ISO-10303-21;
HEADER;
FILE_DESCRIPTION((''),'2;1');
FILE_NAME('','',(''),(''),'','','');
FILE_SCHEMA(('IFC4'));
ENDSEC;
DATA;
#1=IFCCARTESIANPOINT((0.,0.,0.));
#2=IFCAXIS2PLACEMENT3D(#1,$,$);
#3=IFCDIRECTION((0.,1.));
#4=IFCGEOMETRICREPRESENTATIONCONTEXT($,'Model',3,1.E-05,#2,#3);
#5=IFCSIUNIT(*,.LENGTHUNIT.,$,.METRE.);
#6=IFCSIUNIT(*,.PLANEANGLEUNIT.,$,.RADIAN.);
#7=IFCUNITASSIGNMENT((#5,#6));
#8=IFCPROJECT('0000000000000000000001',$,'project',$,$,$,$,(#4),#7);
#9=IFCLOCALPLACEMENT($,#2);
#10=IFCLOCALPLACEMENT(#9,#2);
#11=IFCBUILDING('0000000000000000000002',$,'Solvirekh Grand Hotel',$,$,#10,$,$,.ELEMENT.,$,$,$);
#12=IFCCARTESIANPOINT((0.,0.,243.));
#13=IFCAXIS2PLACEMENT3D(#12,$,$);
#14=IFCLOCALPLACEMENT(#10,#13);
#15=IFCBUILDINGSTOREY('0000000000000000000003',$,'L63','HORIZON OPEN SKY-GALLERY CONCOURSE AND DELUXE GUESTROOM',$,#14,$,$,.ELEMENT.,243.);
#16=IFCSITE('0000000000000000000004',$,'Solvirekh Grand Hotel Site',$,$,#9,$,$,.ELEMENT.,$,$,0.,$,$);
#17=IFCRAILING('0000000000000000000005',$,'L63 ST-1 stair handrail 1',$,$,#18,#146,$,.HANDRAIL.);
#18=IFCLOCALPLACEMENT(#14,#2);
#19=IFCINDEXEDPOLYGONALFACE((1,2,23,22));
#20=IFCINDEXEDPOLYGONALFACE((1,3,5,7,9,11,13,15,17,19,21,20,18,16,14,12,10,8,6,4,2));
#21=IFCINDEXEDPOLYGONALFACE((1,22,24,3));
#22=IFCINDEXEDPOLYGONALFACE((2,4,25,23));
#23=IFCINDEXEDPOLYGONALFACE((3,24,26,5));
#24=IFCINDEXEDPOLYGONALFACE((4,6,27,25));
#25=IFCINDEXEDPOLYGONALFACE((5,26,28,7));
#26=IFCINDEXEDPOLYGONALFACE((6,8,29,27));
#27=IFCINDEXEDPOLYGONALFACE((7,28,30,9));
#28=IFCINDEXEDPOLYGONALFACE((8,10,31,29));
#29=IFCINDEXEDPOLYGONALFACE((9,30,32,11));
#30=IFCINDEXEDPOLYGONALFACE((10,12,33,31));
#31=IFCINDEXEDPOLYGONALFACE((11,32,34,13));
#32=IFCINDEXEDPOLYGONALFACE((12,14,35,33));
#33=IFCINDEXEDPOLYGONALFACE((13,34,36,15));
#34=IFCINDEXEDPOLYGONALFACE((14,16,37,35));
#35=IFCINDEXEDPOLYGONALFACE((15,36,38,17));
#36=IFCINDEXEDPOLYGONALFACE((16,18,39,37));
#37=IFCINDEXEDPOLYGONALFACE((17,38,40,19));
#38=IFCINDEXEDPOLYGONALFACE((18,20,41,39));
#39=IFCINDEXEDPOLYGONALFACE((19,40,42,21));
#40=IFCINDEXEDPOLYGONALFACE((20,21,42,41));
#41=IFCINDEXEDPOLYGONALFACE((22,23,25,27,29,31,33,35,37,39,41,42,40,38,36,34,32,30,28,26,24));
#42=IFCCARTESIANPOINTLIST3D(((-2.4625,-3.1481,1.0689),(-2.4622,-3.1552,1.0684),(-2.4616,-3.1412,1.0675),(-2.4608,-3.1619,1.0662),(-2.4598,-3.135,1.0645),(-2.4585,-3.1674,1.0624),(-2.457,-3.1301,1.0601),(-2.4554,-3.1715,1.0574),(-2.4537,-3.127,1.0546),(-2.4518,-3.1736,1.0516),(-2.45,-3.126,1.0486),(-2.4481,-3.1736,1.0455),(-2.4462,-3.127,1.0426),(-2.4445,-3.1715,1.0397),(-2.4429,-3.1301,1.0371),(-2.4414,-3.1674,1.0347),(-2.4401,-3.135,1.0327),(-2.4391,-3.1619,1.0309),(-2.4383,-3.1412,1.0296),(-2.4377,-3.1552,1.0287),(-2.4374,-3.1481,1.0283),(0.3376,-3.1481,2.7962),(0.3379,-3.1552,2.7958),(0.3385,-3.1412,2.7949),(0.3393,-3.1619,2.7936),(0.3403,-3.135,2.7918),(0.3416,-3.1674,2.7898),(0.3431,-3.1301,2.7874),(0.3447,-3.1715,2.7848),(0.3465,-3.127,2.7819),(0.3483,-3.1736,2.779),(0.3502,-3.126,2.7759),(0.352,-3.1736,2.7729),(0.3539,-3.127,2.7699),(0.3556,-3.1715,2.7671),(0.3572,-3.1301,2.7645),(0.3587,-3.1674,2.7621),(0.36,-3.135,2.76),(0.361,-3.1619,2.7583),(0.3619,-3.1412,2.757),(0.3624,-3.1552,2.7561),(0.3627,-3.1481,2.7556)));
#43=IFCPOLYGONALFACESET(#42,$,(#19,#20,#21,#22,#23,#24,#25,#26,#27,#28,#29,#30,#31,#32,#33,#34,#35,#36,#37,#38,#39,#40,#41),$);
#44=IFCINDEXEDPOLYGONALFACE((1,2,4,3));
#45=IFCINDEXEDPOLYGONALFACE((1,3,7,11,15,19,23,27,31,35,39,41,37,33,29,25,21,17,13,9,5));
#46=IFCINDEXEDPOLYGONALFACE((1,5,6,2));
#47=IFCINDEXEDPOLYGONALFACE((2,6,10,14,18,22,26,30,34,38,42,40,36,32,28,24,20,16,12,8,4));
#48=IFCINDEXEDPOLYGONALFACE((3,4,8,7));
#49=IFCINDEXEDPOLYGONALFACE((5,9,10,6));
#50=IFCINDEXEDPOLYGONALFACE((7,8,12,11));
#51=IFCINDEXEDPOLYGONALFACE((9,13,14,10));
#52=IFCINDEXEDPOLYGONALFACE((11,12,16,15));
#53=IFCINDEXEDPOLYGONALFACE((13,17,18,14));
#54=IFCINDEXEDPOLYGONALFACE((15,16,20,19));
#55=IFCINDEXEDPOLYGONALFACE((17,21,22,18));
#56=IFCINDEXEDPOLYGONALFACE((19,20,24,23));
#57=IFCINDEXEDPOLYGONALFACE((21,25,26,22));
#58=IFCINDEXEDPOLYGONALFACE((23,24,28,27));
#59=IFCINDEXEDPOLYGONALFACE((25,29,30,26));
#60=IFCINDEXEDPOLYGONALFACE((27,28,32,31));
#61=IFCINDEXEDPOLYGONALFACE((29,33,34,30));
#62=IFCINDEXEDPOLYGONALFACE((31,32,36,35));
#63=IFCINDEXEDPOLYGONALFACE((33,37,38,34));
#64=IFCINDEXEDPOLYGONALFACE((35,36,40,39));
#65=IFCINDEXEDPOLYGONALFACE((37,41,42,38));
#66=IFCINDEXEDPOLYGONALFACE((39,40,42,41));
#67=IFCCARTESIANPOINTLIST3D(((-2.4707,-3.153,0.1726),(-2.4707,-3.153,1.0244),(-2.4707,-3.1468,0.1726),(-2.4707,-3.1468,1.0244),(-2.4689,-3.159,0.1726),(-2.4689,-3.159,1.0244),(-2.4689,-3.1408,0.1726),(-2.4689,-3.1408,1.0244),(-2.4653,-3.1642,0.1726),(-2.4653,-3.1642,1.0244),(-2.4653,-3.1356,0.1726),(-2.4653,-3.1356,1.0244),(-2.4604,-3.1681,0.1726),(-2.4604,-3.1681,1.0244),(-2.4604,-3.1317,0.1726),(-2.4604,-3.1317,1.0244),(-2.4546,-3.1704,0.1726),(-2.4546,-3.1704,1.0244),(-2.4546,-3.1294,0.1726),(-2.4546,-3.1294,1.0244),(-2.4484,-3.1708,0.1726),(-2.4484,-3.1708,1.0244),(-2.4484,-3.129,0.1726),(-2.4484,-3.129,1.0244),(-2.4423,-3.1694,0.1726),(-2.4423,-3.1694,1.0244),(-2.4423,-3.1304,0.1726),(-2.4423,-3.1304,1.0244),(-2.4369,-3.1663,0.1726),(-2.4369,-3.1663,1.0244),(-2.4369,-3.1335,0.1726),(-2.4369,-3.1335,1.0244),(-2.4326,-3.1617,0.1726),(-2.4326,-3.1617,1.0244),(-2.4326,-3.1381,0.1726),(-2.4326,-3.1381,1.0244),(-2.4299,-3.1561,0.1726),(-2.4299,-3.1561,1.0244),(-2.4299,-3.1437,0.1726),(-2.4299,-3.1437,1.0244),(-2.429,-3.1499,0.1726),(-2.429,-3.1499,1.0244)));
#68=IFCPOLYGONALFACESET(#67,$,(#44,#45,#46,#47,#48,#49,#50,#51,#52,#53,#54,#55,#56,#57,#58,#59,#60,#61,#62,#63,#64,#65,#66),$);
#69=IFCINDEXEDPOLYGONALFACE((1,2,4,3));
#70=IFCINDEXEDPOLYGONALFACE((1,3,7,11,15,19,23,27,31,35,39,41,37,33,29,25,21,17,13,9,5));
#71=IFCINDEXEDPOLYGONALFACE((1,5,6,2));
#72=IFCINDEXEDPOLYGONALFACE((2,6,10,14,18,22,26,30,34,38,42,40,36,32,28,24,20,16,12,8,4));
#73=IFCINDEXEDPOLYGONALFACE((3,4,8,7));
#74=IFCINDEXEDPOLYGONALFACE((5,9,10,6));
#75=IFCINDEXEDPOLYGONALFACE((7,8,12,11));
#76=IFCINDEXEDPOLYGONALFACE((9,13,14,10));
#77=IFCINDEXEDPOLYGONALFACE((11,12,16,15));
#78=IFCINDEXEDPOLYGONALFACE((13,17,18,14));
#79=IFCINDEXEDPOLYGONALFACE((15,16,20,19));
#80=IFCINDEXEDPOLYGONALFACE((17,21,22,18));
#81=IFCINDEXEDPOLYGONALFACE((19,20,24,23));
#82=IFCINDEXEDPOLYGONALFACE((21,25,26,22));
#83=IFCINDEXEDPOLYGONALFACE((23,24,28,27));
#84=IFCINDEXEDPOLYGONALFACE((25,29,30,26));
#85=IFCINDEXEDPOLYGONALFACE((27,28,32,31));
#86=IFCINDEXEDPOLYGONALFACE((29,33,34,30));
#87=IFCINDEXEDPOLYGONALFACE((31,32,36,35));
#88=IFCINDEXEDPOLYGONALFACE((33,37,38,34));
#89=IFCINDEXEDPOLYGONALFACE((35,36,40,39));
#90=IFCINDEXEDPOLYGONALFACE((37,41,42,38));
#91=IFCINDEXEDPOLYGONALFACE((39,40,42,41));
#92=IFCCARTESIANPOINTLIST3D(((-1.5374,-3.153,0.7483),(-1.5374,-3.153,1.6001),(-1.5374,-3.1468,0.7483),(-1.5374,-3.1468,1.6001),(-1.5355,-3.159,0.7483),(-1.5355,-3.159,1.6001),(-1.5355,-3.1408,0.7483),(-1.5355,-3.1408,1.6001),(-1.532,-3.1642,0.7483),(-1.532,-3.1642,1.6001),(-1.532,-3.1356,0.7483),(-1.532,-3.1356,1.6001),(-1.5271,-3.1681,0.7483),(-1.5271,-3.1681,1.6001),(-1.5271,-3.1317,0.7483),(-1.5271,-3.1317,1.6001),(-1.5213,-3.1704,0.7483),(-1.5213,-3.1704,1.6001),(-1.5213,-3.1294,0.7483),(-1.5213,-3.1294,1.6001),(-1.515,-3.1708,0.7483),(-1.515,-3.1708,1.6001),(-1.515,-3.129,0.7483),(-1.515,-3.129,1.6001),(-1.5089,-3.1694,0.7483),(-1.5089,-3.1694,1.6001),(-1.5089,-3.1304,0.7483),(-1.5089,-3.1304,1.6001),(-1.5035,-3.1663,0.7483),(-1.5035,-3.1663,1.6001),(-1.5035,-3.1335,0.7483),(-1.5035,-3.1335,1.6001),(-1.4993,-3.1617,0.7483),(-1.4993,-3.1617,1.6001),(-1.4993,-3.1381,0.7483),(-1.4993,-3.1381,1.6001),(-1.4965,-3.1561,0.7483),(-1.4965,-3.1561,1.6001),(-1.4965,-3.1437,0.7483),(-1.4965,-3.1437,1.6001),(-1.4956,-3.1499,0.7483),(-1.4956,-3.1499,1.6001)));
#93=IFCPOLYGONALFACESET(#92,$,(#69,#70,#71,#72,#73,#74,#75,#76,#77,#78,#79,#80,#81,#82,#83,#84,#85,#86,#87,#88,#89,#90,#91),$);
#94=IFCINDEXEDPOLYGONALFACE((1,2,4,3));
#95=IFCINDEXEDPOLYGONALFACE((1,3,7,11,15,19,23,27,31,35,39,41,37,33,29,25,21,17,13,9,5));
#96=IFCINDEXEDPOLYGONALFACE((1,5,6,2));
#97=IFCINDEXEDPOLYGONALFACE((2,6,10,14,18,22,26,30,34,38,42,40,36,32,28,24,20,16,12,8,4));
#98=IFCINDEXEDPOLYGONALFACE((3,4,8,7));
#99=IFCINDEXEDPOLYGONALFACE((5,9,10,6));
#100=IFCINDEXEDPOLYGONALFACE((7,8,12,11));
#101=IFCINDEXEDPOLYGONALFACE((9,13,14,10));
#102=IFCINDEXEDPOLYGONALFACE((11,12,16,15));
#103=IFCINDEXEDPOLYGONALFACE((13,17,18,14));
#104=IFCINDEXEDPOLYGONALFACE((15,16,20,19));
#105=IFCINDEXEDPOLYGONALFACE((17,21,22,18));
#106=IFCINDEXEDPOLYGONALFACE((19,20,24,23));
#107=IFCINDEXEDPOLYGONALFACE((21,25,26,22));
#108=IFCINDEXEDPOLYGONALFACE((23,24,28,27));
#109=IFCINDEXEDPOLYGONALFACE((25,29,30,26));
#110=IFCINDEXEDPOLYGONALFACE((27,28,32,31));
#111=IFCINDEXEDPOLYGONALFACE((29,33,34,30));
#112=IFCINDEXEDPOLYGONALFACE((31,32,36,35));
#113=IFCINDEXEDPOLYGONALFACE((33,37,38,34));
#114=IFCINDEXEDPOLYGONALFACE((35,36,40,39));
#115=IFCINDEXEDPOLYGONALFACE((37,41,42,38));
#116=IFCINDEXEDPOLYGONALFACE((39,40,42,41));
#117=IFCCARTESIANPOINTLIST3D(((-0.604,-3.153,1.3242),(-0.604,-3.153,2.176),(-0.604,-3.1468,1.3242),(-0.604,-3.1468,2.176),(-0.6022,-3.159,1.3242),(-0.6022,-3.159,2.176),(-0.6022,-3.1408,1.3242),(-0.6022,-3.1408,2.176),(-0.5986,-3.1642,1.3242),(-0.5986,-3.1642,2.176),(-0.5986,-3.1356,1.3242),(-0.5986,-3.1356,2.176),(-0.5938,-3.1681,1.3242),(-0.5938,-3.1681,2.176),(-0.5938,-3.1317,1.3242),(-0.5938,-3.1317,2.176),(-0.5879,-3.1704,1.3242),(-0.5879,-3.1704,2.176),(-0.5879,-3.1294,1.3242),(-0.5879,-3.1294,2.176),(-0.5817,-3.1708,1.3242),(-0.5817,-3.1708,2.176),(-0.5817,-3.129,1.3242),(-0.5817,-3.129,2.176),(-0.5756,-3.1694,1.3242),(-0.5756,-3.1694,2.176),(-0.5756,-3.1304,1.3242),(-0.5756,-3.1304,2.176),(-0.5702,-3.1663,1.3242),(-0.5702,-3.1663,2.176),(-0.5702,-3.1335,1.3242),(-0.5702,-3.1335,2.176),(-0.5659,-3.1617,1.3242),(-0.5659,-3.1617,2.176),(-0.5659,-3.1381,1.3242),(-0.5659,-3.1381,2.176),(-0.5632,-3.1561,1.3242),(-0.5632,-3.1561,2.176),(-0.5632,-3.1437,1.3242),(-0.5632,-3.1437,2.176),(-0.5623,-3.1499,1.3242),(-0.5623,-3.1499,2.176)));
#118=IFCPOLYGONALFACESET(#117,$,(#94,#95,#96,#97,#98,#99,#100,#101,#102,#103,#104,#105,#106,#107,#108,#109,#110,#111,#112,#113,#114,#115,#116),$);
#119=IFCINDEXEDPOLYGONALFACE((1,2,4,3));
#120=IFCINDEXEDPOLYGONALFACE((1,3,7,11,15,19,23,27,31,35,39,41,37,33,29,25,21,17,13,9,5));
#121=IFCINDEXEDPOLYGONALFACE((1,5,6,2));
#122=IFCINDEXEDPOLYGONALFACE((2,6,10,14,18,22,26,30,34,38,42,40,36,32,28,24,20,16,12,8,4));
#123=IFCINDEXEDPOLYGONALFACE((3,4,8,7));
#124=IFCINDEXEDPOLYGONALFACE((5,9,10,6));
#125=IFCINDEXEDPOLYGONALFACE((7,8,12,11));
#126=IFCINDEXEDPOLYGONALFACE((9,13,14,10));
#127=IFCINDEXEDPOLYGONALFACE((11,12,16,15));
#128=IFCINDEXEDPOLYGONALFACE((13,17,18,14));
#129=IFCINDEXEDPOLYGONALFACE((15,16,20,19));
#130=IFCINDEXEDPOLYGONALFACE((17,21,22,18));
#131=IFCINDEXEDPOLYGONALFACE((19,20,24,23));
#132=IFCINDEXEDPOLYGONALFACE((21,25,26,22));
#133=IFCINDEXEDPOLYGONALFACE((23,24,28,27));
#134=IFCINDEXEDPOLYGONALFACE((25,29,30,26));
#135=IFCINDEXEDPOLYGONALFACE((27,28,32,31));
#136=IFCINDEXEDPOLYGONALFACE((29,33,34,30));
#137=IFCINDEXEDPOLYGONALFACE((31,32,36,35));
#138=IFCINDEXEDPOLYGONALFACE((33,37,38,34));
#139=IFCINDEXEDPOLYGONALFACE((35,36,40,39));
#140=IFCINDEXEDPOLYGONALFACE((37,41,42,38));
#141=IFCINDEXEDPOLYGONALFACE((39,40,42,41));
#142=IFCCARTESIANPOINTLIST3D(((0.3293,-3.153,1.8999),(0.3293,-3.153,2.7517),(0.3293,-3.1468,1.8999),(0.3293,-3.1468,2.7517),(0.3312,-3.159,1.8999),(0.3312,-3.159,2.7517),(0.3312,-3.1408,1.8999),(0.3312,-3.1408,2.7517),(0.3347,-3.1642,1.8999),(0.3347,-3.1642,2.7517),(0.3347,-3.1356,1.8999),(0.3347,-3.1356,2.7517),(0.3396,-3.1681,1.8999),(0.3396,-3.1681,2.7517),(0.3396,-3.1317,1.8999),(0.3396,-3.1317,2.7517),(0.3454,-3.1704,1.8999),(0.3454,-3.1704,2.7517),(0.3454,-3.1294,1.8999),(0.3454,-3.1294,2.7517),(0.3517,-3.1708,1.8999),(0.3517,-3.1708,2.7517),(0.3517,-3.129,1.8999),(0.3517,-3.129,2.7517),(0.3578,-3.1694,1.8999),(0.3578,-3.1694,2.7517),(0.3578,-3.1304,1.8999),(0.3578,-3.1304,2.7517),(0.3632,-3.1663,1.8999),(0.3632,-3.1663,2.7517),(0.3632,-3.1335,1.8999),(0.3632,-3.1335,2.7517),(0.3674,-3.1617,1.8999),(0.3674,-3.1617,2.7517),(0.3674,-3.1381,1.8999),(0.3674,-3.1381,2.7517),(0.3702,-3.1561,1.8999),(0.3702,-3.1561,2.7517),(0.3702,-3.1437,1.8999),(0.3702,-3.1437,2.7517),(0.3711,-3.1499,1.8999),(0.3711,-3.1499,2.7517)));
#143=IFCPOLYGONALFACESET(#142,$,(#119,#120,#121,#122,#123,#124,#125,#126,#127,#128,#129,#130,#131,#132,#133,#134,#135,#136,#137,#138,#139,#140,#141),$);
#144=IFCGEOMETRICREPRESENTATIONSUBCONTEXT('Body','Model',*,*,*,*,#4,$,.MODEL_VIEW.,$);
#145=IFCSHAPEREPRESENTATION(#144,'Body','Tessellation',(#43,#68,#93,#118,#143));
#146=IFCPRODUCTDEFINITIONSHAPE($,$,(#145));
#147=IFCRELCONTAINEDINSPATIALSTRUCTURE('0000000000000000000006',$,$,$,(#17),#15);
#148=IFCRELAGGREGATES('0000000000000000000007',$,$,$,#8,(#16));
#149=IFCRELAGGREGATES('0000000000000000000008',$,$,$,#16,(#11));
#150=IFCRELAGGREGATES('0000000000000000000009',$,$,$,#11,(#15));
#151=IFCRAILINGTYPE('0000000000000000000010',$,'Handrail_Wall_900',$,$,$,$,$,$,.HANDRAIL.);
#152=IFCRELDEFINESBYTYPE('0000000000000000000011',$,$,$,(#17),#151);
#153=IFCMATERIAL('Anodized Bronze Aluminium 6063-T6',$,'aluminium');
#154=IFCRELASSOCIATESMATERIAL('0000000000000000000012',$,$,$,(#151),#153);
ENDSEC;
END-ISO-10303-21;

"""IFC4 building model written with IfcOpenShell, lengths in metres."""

from ifc_helpers import new_model, si_unit, direction, frame, origin, origin_2d, place, context, subcontext, project, spatial, circle, extrude, material, type_object, element, save


model = new_model("IFC4")

# Units and contexts
model_context = context("Model", 3, precision=1e-05, world=origin(), true_north=direction((0.0, 1.0)))
body_context = subcontext(model_context, "Body", "Model", "MODEL_VIEW")
ifc_project = project(units=[si_unit("LENGTHUNIT", "METRE"), si_unit("PLANEANGLEUNIT", "RADIAN")], contexts=[model_context])

# Site, building, storey
site_placement = place(None, origin())
site = spatial("IfcSite", under=ifc_project, at=site_placement, Name="Solvirekh Grand Hotel Site", CompositionType="ELEMENT", RefElevation=0.0)
building_placement = place(site_placement, origin())
building = spatial("IfcBuilding", under=site, at=building_placement, Name="Solvirekh Grand Hotel", CompositionType="ELEMENT")
storey_placement = place(building_placement, frame((0.0, 0.0, 243.0)))
storey = spatial("IfcBuildingStorey", under=building, at=storey_placement, Name="L63", Description="HORIZON OPEN SKY-GALLERY CONCOURSE AND DELUXE GUESTROOM", CompositionType="ELEMENT", Elevation=243.0)

# Shared definitions
ifc_material_1 = material(Name="Anodized Bronze Aluminium 6063-T6", Category="aluminium")

# Railing
railing_type_1 = type_object("IfcRailingType", Name="Handrail_Wall_900", PredefinedType="HANDRAIL", material=ifc_material_1)
for number, where, name in (
    (1, (-2.45, -3.1499, 0.1726), "L63 ST-1 stair handrail 1"),
):
    element("IfcRailing", number, at=place(storey_placement, frame(where)), inside=storey, type_object=railing_type_1, Name=name, PredefinedType="HANDRAIL", context=body_context, shape_type="SweptSolid", body=[
        extrude(circle(Radius=0.0239, at=origin_2d()), frame((0.0, 0.0, 0.876), z_axis=(0.85109, 0.0, 0.52502), x_axis=(0.0, 1.0, 0.0)), (0.0, 0.0, 1.0), 3.29),
        extrude(circle(Radius=0.021, at=origin_2d()), origin(), (0.0, 0.0, 1.0), 0.8518),
        extrude(circle(Radius=0.021, at=origin_2d()), frame((0.9333, 0.0, 0.5757)), (0.0, 0.0, 1.0), 0.8518),
        extrude(circle(Radius=0.021, at=origin_2d()), frame((1.8667, 0.0, 1.1516)), (0.0, 0.0, 1.0), 0.8518),
        extrude(circle(Radius=0.021, at=origin_2d()), frame((2.8, 0.0, 1.7273)), (0.0, 0.0, 1.0), 0.8518),
    ])

save(model, "model.ifc")
